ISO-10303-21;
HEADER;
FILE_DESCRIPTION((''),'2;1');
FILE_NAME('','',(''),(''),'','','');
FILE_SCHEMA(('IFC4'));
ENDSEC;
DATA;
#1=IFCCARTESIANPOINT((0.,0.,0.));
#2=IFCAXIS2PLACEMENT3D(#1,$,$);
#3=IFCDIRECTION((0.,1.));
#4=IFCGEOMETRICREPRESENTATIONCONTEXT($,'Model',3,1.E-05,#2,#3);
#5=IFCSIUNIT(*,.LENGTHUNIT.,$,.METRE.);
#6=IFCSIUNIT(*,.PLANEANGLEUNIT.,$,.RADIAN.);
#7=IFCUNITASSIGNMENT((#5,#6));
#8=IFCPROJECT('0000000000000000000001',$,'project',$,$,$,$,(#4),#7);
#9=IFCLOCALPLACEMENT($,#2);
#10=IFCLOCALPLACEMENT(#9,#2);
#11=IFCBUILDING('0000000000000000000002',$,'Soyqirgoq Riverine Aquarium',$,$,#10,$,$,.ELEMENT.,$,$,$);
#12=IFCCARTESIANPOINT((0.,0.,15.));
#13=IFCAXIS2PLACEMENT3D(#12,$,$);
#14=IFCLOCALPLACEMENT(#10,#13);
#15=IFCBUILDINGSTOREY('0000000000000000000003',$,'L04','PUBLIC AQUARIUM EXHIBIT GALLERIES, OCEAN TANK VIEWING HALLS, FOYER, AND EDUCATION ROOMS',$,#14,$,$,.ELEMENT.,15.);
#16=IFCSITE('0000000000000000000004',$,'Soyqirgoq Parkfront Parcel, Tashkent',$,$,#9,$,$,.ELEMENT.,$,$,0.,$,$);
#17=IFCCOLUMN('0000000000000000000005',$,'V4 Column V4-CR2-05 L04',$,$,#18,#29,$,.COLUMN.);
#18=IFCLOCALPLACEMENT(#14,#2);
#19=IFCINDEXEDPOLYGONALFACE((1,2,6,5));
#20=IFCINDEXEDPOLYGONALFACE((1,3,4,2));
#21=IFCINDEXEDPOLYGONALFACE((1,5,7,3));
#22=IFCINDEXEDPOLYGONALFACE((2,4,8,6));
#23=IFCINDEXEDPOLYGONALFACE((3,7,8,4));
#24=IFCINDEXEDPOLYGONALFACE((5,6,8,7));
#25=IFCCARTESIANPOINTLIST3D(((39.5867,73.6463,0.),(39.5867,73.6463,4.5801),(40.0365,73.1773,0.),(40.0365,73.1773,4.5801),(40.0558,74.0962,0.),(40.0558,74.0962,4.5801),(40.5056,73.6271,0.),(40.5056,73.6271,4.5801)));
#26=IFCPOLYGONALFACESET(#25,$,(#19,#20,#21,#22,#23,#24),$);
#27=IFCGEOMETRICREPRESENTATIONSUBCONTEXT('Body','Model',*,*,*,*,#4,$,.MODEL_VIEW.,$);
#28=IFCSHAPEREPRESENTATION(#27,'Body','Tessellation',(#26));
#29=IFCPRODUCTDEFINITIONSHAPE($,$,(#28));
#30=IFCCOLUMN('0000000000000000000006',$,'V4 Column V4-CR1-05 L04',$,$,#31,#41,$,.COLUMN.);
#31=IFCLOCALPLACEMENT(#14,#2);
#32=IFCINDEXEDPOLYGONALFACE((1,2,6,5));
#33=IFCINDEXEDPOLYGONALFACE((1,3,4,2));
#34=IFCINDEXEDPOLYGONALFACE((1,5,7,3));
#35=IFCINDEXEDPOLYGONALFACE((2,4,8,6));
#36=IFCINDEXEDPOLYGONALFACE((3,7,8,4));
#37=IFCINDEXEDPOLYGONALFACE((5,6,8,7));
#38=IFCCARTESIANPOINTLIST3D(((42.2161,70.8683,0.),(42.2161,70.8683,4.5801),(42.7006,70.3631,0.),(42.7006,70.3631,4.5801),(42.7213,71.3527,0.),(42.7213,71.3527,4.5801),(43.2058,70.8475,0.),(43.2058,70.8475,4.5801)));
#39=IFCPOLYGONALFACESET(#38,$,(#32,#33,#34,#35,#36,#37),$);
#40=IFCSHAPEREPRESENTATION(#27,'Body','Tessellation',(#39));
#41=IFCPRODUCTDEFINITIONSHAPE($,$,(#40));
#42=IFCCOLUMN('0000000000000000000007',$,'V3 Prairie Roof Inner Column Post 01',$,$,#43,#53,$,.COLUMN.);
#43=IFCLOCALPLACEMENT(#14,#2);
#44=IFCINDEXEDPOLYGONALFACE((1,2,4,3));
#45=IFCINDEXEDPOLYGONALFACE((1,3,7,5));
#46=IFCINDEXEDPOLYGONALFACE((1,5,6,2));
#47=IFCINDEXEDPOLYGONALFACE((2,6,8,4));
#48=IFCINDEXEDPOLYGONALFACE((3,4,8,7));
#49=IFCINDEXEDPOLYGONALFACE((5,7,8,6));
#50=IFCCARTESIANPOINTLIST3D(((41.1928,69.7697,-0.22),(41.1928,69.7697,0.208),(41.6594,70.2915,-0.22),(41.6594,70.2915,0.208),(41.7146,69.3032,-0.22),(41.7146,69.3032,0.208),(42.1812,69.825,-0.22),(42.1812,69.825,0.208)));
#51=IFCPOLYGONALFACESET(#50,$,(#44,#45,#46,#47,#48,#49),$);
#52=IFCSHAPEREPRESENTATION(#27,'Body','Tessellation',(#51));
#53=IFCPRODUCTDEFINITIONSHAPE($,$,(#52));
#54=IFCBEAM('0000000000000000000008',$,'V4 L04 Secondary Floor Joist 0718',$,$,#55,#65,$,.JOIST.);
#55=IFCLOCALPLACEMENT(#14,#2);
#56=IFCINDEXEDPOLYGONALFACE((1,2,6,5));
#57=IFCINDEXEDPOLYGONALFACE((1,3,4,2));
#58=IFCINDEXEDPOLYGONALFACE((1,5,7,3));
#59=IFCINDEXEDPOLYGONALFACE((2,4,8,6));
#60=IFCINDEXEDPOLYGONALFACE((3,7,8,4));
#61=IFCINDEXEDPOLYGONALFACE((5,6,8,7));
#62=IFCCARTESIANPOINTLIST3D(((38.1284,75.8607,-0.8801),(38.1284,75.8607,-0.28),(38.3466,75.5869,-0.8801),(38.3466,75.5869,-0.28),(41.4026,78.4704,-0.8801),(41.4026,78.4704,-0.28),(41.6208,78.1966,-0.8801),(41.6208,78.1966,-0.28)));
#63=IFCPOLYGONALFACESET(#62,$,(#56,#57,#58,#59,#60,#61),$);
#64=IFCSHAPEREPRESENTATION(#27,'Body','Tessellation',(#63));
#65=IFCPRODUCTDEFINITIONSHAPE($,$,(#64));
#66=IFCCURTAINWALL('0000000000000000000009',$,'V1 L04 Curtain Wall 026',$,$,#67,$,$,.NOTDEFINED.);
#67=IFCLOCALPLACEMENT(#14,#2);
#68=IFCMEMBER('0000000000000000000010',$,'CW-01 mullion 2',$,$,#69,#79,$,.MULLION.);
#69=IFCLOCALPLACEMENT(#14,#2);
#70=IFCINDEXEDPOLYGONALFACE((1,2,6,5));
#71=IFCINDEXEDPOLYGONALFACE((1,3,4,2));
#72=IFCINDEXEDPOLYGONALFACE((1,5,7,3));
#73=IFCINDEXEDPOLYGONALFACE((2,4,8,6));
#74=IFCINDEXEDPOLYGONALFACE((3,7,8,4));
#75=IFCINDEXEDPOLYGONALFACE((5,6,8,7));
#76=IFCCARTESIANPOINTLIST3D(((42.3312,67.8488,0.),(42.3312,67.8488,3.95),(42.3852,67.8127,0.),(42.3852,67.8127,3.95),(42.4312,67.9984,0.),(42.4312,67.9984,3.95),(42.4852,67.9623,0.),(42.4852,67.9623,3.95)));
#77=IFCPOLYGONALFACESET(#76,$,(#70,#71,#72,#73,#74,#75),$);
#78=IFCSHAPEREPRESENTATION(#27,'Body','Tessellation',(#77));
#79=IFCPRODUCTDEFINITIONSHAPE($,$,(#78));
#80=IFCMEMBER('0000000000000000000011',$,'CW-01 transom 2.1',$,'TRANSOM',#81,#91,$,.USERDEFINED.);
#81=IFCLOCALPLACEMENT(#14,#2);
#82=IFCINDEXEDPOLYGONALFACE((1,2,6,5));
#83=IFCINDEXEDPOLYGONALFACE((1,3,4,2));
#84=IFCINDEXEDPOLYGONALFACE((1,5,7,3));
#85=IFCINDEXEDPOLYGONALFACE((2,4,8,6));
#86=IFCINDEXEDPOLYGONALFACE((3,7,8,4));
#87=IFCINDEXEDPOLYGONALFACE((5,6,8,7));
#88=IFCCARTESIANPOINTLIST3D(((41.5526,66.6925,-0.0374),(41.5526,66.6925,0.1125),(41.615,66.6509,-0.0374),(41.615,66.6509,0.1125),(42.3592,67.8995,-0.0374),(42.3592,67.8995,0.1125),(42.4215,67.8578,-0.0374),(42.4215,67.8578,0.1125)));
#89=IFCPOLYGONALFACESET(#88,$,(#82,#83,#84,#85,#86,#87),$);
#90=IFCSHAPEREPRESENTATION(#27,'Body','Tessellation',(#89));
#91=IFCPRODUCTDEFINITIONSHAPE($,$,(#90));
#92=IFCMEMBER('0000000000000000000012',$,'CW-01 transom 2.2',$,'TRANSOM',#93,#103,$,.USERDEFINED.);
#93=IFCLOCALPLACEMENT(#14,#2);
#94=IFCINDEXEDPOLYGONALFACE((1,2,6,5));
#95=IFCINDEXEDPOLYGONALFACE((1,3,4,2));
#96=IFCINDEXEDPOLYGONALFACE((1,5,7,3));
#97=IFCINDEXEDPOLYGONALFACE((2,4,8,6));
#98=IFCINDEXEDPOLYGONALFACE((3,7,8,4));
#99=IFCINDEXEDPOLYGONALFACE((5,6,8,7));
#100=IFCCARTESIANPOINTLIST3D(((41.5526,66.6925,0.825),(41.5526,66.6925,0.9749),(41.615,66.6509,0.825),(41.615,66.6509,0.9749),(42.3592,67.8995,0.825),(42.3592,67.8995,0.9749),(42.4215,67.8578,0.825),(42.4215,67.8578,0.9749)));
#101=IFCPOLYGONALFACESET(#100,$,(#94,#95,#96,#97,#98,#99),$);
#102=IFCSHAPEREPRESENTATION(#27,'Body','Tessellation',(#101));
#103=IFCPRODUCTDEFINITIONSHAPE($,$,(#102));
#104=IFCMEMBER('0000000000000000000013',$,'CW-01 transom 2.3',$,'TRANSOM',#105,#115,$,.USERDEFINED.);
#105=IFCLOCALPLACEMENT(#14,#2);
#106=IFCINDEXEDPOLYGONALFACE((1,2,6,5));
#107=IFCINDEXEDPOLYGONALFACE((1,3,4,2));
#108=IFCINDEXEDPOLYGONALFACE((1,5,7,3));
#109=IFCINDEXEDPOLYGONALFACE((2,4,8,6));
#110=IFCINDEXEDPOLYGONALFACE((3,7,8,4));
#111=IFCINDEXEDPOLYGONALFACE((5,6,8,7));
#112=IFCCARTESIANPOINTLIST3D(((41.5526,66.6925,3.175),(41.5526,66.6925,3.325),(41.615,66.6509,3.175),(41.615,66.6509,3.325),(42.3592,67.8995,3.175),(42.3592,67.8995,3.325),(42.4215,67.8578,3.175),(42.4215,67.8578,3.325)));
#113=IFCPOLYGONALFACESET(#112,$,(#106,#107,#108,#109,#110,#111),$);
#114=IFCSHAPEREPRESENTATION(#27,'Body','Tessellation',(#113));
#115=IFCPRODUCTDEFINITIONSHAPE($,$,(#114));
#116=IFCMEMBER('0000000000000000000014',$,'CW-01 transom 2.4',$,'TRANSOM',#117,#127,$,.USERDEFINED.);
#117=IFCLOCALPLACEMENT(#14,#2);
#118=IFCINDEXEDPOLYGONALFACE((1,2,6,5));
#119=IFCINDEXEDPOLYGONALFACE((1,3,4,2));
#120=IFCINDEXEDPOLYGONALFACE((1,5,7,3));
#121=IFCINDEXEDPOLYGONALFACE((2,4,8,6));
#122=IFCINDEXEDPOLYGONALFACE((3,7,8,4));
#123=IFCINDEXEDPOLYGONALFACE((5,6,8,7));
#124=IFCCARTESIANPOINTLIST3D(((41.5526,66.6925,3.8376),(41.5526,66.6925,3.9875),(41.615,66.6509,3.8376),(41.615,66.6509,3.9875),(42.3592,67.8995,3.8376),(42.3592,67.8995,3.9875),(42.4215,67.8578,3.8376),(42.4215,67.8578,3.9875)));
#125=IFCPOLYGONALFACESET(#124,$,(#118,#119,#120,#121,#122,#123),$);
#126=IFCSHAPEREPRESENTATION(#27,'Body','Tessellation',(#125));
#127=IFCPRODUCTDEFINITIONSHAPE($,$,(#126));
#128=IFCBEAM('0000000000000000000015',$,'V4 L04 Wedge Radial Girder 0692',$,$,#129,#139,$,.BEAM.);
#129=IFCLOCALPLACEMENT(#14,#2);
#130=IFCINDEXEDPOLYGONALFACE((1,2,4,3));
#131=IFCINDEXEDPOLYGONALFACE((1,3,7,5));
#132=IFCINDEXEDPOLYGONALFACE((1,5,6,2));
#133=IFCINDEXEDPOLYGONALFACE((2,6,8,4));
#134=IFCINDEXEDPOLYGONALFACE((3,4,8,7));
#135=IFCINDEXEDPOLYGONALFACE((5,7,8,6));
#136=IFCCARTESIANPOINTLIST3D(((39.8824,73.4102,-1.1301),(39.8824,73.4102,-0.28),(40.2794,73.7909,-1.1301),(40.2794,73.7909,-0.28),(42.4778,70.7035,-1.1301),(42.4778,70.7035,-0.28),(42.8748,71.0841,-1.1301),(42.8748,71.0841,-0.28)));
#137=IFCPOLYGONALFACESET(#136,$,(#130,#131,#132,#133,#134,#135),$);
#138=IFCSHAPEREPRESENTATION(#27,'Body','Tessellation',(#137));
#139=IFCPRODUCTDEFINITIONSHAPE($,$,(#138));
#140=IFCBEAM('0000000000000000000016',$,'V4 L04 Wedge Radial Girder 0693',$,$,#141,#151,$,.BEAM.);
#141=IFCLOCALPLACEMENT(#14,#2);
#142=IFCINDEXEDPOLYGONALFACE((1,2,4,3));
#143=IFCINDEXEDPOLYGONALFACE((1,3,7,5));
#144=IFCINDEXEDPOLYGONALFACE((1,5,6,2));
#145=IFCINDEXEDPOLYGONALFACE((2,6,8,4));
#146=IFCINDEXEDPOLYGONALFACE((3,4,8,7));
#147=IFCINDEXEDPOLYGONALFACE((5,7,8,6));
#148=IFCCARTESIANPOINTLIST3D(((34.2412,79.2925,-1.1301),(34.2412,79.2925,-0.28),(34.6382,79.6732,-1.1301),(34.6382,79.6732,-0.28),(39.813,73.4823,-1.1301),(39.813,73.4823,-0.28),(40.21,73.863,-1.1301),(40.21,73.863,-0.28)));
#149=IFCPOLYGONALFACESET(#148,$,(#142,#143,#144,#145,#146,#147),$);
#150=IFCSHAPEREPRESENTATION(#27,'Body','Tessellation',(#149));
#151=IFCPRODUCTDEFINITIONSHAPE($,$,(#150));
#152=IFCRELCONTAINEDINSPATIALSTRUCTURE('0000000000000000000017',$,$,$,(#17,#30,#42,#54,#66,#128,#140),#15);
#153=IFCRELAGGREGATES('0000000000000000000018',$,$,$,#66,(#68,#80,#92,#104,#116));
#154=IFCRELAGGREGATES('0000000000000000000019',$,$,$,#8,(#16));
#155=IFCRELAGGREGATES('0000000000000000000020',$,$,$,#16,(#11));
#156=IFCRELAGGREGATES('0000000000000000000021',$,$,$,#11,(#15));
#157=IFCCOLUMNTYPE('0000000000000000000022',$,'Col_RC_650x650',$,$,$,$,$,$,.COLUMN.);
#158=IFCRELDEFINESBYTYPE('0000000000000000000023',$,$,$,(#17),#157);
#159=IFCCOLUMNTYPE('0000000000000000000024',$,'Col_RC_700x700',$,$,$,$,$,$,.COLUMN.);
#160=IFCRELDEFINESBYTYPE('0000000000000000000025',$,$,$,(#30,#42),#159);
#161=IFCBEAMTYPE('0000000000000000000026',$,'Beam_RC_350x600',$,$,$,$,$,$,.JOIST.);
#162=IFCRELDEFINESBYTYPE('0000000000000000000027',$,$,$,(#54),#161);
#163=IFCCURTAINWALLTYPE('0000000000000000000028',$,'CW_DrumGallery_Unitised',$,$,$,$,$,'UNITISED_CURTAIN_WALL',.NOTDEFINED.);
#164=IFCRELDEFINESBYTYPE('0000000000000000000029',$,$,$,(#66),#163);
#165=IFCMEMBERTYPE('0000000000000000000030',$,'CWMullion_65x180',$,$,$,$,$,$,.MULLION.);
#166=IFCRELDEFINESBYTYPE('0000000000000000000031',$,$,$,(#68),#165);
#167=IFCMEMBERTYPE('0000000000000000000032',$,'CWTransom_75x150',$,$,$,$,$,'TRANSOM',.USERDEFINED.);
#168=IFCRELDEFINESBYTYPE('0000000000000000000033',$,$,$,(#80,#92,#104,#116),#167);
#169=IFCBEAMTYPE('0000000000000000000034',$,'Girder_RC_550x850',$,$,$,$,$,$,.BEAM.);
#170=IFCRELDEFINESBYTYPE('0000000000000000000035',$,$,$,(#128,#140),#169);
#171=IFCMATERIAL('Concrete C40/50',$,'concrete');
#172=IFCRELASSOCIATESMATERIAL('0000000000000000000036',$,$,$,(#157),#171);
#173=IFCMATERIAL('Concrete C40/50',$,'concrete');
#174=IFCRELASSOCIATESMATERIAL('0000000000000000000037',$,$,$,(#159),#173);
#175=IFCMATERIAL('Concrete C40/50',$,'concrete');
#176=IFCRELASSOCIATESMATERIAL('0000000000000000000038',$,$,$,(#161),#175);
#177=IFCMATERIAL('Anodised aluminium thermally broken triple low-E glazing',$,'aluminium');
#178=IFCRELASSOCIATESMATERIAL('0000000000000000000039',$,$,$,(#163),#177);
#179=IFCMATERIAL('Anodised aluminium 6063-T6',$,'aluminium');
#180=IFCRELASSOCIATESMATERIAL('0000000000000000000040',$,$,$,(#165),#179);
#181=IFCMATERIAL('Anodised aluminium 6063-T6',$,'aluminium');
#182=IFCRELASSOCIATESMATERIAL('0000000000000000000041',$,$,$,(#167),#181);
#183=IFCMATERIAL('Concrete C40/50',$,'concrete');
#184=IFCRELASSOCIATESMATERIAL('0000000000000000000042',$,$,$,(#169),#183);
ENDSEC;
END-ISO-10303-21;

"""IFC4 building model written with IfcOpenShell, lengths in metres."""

from ifc_helpers import new_model, si_unit, direction, frame, origin, origin_2d, place, context, subcontext, project, spatial, rectangle, extrude, material, material_profile, profile_set, type_object, element, aggregate, save


model = new_model("IFC4")

# Units and contexts
model_context = context("Model", 3, precision=1e-05, world=origin(), true_north=direction((0.0, 1.0)))
body_context = subcontext(model_context, "Body", "Model", "MODEL_VIEW")
ifc_project = project(units=[si_unit("LENGTHUNIT", "METRE"), si_unit("PLANEANGLEUNIT", "RADIAN")], contexts=[model_context])

# Site, building, storey
site_placement = place(None, origin())
site = spatial("IfcSite", under=ifc_project, at=site_placement, Name="Soyqirgoq Parkfront Parcel, Tashkent", CompositionType="ELEMENT", RefElevation=0.0)
building_placement = place(site_placement, origin())
building = spatial("IfcBuilding", under=site, at=building_placement, Name="Soyqirgoq Riverine Aquarium", CompositionType="ELEMENT")
storey_placement = place(building_placement, frame((0.0, 0.0, 15.0)))
storey = spatial("IfcBuildingStorey", under=building, at=storey_placement, Name="L04", Description="PUBLIC AQUARIUM EXHIBIT GALLERIES, OCEAN TANK VIEWING HALLS, FOYER, AND EDUCATION ROOMS", CompositionType="ELEMENT", Elevation=15.0)

# Columns
ifc_material_1 = material(Name="Concrete C40/50", Category="concrete")
ifc_material_profile_1 = material_profile(ifc_material_1, rectangle(XDim=0.6499, YDim=0.6499, at=origin_2d()), Name="RC 650x650")
ifc_profile_set_1 = profile_set([ifc_material_profile_1], Name="Concrete C40/50")
column_type_1 = type_object("IfcColumnType", Name="Col_RC_650x650", PredefinedType="COLUMN", material=ifc_profile_set_1)
column_1_placement = place(storey_placement, frame((40.0461, 73.6367, 0.0), z_axis=(0.0, 0.0, 1.0), x_axis=(-0.692143, 0.72176, 0.0)))
element("IfcColumn", 1, at=column_1_placement, inside=storey, type_object=column_type_1, Name="V4 Column V4-CR2-05 L04", PredefinedType="COLUMN", context=body_context, shape_type="SweptSolid", body=[
    extrude(rectangle(XDim=0.6499, YDim=0.6499, at=origin_2d()), origin(), (0.0, 0.0, 1.0), 4.5801),
])
ifc_material_2 = material(Name="Concrete C40/50", Category="concrete")
ifc_material_profile_2 = material_profile(ifc_material_2, rectangle(XDim=0.7, YDim=0.7, at=origin_2d()), Name="RC 700x700")
ifc_profile_set_2 = profile_set([ifc_material_profile_2], Name="Concrete C40/50")
column_type_2 = type_object("IfcColumnType", Name="Col_RC_700x700", PredefinedType="COLUMN", material=ifc_profile_set_2)
column_2_placement = place(storey_placement, frame((42.7109, 70.8579, 0.0), z_axis=(0.0, 0.0, 1.0), x_axis=(-0.692143, 0.72176, 0.0)))
element("IfcColumn", 2, at=column_2_placement, inside=storey, type_object=column_type_2, Name="V4 Column V4-CR1-05 L04", PredefinedType="COLUMN", context=body_context, shape_type="SweptSolid", body=[
    extrude(rectangle(XDim=0.7, YDim=0.7, at=origin_2d()), origin(), (0.0, 0.0, 1.0), 4.5801),
])
column_3_placement = place(storey_placement, frame((41.687, 69.7974, -0.22), z_axis=(0.0, 0.0, 1.0), x_axis=(-0.745476, 0.666532, 0.0)))
element("IfcColumn", 3, at=column_3_placement, inside=storey, type_object=column_type_2, Name="V3 Prairie Roof Inner Column Post 01", PredefinedType="COLUMN", context=body_context, shape_type="SweptSolid", body=[
    extrude(rectangle(XDim=0.7, YDim=0.7, at=origin_2d()), origin(), (0.0, 0.0, 1.0), 0.428),
])

# Beam
ifc_material_3 = material(Name="Concrete C40/50", Category="concrete")
ifc_material_profile_3 = material_profile(ifc_material_3, rectangle(XDim=0.3501, YDim=0.6001, at=origin_2d()), Name="RC 350x600")
ifc_profile_set_3 = profile_set([ifc_material_profile_3], Name="Concrete C40/50")
beam_type_1 = type_object("IfcBeamType", Name="Beam_RC_350x600", PredefinedType="JOIST", material=ifc_profile_set_3)
beam_1_placement = place(storey_placement, frame((41.5117, 78.3335, -0.5801), z_axis=(-0.782, -0.623279, 0.0), x_axis=(0.623279, -0.782, 0.0)))
element("IfcBeam", 4, at=beam_1_placement, inside=storey, type_object=beam_type_1, Name="V4 L04 Secondary Floor Joist 0718", PredefinedType="JOIST", context=body_context, shape_type="SweptSolid", body=[
    extrude(rectangle(XDim=0.3501, YDim=0.6001, at=origin_2d()), origin(), (0.0, 0.0, 1.0), 4.187),
])

# Curtain wall, members
ifc_material_4 = material(Name="Anodised aluminium thermally broken triple low-E glazing", Category="aluminium")
curtain_wall_type = type_object("IfcCurtainWallType", Name="CW_DrumGallery_Unitised", ElementType="UNITISED_CURTAIN_WALL", PredefinedType="NOTDEFINED", material=ifc_material_4)
curtain_wall_placement = place(storey_placement, origin())
curtain_wall = element("IfcCurtainWall", 5, at=curtain_wall_placement, inside=storey, type_object=curtain_wall_type, Name="V1 L04 Curtain Wall 026", PredefinedType="NOTDEFINED")
ifc_material_5 = material(Name="Anodised aluminium 6063-T6", Category="aluminium")
ifc_material_profile_4 = material_profile(ifc_material_5, rectangle(XDim=0.0649, YDim=0.1799, at=origin_2d()), Name="ALU-M 65x180")
ifc_profile_set_4 = profile_set([ifc_material_profile_4], Name="Anodised aluminium 6063-T6")
member_type_1 = type_object("IfcMemberType", Name="CWMullion_65x180", PredefinedType="MULLION", material=ifc_profile_set_4)
member_1_placement = place(storey_placement, frame((42.4082, 67.9055, 0.0), z_axis=(0.0, 0.0, 1.0), x_axis=(0.831464, -0.555579, 0.0)))
member_1 = element("IfcMember", 6, at=member_1_placement, type_object=member_type_1, Name="CW-01 mullion 2", PredefinedType="MULLION", context=body_context, shape_type="SweptSolid", body=[
    extrude(rectangle(XDim=0.0649, YDim=0.1799, at=origin_2d()), origin(), (0.0, 0.0, 1.0), 3.95),
])
ifc_material_6 = material(Name="Anodised aluminium 6063-T6", Category="aluminium")
ifc_material_profile_5 = material_profile(ifc_material_6, rectangle(XDim=0.075, YDim=0.1499, at=origin_2d()), Name="ALU-T 75x150")
ifc_profile_set_5 = profile_set([ifc_material_profile_5], Name="Anodised aluminium 6063-T6")
member_type_2 = type_object("IfcMemberType", Name="CWTransom_75x150", ElementType="TRANSOM", PredefinedType="USERDEFINED", material=ifc_profile_set_5)
member_2_placement = place(storey_placement, frame((42.3904, 67.8787, 0.0376), z_axis=(-0.555631, -0.831429, 0.0), x_axis=(0.831429, -0.555631, 0.0)))
member_2 = element("IfcMember", 7, at=member_2_placement, type_object=member_type_2, Name="CW-01 transom 2.1", ObjectType="TRANSOM", PredefinedType="USERDEFINED", context=body_context, shape_type="SweptSolid", body=[
    extrude(rectangle(XDim=0.075, YDim=0.1499, at=origin_2d()), origin(), (0.0, 0.0, 1.0), 1.4517),
])
member_3_placement = place(storey_placement, frame((42.3904, 67.8787, 0.8999), z_axis=(-0.555631, -0.831429, 0.0), x_axis=(0.831429, -0.555631, 0.0)))
member_3 = element("IfcMember", 8, at=member_3_placement, type_object=member_type_2, Name="CW-01 transom 2.2", ObjectType="TRANSOM", PredefinedType="USERDEFINED", context=body_context, shape_type="SweptSolid", body=[
    extrude(rectangle(XDim=0.075, YDim=0.1499, at=origin_2d()), origin(), (0.0, 0.0, 1.0), 1.4517),
])
member_4_placement = place(storey_placement, frame((42.3904, 67.8787, 3.25), z_axis=(-0.555631, -0.831429, 0.0), x_axis=(0.831429, -0.555631, 0.0)))
member_4 = element("IfcMember", 9, at=member_4_placement, type_object=member_type_2, Name="CW-01 transom 2.3", ObjectType="TRANSOM", PredefinedType="USERDEFINED", context=body_context, shape_type="SweptSolid", body=[
    extrude(rectangle(XDim=0.075, YDim=0.1499, at=origin_2d()), origin(), (0.0, 0.0, 1.0), 1.4517),
])
member_5_placement = place(storey_placement, frame((42.3904, 67.8787, 3.9126), z_axis=(-0.555631, -0.831429, 0.0), x_axis=(0.831429, -0.555631, 0.0)))
member_5 = element("IfcMember", 10, at=member_5_placement, type_object=member_type_2, Name="CW-01 transom 2.4", ObjectType="TRANSOM", PredefinedType="USERDEFINED", context=body_context, shape_type="SweptSolid", body=[
    extrude(rectangle(XDim=0.075, YDim=0.1499, at=origin_2d()), origin(), (0.0, 0.0, 1.0), 1.4517),
])

# Beams
ifc_material_7 = material(Name="Concrete C40/50", Category="concrete")
ifc_material_profile_6 = material_profile(ifc_material_7, rectangle(XDim=0.55, YDim=0.8501, at=origin_2d()), Name="RC 550x850")
ifc_profile_set_6 = profile_set([ifc_material_profile_6], Name="Concrete C40/50")
beam_type_2 = type_object("IfcBeamType", Name="Girder_RC_550x850", PredefinedType="BEAM", material=ifc_profile_set_6)
beam_2_placement = place(storey_placement, frame((42.6763, 70.8938, -0.7051), z_axis=(-0.692108, 0.721794, 0.0), x_axis=(-0.721794, -0.692108, 0.0)))
element("IfcBeam", 11, at=beam_2_placement, inside=storey, type_object=beam_type_2, Name="V4 L04 Wedge Radial Girder 0692", PredefinedType="BEAM", context=body_context, shape_type="SweptSolid", body=[
    extrude(rectangle(XDim=0.55, YDim=0.8501, at=origin_2d()), origin(), (0.0, 0.0, 1.0), 3.75),
])
beam_3_placement = place(storey_placement, frame((40.0115, 73.6726, -0.7051), z_axis=(-0.692137, 0.721767, 0.0), x_axis=(-0.721767, -0.692137, 0.0)))
element("IfcBeam", 12, at=beam_3_placement, inside=storey, type_object=beam_type_2, Name="V4 L04 Wedge Radial Girder 0693", PredefinedType="BEAM", context=body_context, shape_type="SweptSolid", body=[
    extrude(rectangle(XDim=0.55, YDim=0.8501, at=origin_2d()), origin(), (0.0, 0.0, 1.0), 8.05),
])

aggregate(curtain_wall, [member_1, member_2, member_3, member_4, member_5])

save(model, "model.ifc")
